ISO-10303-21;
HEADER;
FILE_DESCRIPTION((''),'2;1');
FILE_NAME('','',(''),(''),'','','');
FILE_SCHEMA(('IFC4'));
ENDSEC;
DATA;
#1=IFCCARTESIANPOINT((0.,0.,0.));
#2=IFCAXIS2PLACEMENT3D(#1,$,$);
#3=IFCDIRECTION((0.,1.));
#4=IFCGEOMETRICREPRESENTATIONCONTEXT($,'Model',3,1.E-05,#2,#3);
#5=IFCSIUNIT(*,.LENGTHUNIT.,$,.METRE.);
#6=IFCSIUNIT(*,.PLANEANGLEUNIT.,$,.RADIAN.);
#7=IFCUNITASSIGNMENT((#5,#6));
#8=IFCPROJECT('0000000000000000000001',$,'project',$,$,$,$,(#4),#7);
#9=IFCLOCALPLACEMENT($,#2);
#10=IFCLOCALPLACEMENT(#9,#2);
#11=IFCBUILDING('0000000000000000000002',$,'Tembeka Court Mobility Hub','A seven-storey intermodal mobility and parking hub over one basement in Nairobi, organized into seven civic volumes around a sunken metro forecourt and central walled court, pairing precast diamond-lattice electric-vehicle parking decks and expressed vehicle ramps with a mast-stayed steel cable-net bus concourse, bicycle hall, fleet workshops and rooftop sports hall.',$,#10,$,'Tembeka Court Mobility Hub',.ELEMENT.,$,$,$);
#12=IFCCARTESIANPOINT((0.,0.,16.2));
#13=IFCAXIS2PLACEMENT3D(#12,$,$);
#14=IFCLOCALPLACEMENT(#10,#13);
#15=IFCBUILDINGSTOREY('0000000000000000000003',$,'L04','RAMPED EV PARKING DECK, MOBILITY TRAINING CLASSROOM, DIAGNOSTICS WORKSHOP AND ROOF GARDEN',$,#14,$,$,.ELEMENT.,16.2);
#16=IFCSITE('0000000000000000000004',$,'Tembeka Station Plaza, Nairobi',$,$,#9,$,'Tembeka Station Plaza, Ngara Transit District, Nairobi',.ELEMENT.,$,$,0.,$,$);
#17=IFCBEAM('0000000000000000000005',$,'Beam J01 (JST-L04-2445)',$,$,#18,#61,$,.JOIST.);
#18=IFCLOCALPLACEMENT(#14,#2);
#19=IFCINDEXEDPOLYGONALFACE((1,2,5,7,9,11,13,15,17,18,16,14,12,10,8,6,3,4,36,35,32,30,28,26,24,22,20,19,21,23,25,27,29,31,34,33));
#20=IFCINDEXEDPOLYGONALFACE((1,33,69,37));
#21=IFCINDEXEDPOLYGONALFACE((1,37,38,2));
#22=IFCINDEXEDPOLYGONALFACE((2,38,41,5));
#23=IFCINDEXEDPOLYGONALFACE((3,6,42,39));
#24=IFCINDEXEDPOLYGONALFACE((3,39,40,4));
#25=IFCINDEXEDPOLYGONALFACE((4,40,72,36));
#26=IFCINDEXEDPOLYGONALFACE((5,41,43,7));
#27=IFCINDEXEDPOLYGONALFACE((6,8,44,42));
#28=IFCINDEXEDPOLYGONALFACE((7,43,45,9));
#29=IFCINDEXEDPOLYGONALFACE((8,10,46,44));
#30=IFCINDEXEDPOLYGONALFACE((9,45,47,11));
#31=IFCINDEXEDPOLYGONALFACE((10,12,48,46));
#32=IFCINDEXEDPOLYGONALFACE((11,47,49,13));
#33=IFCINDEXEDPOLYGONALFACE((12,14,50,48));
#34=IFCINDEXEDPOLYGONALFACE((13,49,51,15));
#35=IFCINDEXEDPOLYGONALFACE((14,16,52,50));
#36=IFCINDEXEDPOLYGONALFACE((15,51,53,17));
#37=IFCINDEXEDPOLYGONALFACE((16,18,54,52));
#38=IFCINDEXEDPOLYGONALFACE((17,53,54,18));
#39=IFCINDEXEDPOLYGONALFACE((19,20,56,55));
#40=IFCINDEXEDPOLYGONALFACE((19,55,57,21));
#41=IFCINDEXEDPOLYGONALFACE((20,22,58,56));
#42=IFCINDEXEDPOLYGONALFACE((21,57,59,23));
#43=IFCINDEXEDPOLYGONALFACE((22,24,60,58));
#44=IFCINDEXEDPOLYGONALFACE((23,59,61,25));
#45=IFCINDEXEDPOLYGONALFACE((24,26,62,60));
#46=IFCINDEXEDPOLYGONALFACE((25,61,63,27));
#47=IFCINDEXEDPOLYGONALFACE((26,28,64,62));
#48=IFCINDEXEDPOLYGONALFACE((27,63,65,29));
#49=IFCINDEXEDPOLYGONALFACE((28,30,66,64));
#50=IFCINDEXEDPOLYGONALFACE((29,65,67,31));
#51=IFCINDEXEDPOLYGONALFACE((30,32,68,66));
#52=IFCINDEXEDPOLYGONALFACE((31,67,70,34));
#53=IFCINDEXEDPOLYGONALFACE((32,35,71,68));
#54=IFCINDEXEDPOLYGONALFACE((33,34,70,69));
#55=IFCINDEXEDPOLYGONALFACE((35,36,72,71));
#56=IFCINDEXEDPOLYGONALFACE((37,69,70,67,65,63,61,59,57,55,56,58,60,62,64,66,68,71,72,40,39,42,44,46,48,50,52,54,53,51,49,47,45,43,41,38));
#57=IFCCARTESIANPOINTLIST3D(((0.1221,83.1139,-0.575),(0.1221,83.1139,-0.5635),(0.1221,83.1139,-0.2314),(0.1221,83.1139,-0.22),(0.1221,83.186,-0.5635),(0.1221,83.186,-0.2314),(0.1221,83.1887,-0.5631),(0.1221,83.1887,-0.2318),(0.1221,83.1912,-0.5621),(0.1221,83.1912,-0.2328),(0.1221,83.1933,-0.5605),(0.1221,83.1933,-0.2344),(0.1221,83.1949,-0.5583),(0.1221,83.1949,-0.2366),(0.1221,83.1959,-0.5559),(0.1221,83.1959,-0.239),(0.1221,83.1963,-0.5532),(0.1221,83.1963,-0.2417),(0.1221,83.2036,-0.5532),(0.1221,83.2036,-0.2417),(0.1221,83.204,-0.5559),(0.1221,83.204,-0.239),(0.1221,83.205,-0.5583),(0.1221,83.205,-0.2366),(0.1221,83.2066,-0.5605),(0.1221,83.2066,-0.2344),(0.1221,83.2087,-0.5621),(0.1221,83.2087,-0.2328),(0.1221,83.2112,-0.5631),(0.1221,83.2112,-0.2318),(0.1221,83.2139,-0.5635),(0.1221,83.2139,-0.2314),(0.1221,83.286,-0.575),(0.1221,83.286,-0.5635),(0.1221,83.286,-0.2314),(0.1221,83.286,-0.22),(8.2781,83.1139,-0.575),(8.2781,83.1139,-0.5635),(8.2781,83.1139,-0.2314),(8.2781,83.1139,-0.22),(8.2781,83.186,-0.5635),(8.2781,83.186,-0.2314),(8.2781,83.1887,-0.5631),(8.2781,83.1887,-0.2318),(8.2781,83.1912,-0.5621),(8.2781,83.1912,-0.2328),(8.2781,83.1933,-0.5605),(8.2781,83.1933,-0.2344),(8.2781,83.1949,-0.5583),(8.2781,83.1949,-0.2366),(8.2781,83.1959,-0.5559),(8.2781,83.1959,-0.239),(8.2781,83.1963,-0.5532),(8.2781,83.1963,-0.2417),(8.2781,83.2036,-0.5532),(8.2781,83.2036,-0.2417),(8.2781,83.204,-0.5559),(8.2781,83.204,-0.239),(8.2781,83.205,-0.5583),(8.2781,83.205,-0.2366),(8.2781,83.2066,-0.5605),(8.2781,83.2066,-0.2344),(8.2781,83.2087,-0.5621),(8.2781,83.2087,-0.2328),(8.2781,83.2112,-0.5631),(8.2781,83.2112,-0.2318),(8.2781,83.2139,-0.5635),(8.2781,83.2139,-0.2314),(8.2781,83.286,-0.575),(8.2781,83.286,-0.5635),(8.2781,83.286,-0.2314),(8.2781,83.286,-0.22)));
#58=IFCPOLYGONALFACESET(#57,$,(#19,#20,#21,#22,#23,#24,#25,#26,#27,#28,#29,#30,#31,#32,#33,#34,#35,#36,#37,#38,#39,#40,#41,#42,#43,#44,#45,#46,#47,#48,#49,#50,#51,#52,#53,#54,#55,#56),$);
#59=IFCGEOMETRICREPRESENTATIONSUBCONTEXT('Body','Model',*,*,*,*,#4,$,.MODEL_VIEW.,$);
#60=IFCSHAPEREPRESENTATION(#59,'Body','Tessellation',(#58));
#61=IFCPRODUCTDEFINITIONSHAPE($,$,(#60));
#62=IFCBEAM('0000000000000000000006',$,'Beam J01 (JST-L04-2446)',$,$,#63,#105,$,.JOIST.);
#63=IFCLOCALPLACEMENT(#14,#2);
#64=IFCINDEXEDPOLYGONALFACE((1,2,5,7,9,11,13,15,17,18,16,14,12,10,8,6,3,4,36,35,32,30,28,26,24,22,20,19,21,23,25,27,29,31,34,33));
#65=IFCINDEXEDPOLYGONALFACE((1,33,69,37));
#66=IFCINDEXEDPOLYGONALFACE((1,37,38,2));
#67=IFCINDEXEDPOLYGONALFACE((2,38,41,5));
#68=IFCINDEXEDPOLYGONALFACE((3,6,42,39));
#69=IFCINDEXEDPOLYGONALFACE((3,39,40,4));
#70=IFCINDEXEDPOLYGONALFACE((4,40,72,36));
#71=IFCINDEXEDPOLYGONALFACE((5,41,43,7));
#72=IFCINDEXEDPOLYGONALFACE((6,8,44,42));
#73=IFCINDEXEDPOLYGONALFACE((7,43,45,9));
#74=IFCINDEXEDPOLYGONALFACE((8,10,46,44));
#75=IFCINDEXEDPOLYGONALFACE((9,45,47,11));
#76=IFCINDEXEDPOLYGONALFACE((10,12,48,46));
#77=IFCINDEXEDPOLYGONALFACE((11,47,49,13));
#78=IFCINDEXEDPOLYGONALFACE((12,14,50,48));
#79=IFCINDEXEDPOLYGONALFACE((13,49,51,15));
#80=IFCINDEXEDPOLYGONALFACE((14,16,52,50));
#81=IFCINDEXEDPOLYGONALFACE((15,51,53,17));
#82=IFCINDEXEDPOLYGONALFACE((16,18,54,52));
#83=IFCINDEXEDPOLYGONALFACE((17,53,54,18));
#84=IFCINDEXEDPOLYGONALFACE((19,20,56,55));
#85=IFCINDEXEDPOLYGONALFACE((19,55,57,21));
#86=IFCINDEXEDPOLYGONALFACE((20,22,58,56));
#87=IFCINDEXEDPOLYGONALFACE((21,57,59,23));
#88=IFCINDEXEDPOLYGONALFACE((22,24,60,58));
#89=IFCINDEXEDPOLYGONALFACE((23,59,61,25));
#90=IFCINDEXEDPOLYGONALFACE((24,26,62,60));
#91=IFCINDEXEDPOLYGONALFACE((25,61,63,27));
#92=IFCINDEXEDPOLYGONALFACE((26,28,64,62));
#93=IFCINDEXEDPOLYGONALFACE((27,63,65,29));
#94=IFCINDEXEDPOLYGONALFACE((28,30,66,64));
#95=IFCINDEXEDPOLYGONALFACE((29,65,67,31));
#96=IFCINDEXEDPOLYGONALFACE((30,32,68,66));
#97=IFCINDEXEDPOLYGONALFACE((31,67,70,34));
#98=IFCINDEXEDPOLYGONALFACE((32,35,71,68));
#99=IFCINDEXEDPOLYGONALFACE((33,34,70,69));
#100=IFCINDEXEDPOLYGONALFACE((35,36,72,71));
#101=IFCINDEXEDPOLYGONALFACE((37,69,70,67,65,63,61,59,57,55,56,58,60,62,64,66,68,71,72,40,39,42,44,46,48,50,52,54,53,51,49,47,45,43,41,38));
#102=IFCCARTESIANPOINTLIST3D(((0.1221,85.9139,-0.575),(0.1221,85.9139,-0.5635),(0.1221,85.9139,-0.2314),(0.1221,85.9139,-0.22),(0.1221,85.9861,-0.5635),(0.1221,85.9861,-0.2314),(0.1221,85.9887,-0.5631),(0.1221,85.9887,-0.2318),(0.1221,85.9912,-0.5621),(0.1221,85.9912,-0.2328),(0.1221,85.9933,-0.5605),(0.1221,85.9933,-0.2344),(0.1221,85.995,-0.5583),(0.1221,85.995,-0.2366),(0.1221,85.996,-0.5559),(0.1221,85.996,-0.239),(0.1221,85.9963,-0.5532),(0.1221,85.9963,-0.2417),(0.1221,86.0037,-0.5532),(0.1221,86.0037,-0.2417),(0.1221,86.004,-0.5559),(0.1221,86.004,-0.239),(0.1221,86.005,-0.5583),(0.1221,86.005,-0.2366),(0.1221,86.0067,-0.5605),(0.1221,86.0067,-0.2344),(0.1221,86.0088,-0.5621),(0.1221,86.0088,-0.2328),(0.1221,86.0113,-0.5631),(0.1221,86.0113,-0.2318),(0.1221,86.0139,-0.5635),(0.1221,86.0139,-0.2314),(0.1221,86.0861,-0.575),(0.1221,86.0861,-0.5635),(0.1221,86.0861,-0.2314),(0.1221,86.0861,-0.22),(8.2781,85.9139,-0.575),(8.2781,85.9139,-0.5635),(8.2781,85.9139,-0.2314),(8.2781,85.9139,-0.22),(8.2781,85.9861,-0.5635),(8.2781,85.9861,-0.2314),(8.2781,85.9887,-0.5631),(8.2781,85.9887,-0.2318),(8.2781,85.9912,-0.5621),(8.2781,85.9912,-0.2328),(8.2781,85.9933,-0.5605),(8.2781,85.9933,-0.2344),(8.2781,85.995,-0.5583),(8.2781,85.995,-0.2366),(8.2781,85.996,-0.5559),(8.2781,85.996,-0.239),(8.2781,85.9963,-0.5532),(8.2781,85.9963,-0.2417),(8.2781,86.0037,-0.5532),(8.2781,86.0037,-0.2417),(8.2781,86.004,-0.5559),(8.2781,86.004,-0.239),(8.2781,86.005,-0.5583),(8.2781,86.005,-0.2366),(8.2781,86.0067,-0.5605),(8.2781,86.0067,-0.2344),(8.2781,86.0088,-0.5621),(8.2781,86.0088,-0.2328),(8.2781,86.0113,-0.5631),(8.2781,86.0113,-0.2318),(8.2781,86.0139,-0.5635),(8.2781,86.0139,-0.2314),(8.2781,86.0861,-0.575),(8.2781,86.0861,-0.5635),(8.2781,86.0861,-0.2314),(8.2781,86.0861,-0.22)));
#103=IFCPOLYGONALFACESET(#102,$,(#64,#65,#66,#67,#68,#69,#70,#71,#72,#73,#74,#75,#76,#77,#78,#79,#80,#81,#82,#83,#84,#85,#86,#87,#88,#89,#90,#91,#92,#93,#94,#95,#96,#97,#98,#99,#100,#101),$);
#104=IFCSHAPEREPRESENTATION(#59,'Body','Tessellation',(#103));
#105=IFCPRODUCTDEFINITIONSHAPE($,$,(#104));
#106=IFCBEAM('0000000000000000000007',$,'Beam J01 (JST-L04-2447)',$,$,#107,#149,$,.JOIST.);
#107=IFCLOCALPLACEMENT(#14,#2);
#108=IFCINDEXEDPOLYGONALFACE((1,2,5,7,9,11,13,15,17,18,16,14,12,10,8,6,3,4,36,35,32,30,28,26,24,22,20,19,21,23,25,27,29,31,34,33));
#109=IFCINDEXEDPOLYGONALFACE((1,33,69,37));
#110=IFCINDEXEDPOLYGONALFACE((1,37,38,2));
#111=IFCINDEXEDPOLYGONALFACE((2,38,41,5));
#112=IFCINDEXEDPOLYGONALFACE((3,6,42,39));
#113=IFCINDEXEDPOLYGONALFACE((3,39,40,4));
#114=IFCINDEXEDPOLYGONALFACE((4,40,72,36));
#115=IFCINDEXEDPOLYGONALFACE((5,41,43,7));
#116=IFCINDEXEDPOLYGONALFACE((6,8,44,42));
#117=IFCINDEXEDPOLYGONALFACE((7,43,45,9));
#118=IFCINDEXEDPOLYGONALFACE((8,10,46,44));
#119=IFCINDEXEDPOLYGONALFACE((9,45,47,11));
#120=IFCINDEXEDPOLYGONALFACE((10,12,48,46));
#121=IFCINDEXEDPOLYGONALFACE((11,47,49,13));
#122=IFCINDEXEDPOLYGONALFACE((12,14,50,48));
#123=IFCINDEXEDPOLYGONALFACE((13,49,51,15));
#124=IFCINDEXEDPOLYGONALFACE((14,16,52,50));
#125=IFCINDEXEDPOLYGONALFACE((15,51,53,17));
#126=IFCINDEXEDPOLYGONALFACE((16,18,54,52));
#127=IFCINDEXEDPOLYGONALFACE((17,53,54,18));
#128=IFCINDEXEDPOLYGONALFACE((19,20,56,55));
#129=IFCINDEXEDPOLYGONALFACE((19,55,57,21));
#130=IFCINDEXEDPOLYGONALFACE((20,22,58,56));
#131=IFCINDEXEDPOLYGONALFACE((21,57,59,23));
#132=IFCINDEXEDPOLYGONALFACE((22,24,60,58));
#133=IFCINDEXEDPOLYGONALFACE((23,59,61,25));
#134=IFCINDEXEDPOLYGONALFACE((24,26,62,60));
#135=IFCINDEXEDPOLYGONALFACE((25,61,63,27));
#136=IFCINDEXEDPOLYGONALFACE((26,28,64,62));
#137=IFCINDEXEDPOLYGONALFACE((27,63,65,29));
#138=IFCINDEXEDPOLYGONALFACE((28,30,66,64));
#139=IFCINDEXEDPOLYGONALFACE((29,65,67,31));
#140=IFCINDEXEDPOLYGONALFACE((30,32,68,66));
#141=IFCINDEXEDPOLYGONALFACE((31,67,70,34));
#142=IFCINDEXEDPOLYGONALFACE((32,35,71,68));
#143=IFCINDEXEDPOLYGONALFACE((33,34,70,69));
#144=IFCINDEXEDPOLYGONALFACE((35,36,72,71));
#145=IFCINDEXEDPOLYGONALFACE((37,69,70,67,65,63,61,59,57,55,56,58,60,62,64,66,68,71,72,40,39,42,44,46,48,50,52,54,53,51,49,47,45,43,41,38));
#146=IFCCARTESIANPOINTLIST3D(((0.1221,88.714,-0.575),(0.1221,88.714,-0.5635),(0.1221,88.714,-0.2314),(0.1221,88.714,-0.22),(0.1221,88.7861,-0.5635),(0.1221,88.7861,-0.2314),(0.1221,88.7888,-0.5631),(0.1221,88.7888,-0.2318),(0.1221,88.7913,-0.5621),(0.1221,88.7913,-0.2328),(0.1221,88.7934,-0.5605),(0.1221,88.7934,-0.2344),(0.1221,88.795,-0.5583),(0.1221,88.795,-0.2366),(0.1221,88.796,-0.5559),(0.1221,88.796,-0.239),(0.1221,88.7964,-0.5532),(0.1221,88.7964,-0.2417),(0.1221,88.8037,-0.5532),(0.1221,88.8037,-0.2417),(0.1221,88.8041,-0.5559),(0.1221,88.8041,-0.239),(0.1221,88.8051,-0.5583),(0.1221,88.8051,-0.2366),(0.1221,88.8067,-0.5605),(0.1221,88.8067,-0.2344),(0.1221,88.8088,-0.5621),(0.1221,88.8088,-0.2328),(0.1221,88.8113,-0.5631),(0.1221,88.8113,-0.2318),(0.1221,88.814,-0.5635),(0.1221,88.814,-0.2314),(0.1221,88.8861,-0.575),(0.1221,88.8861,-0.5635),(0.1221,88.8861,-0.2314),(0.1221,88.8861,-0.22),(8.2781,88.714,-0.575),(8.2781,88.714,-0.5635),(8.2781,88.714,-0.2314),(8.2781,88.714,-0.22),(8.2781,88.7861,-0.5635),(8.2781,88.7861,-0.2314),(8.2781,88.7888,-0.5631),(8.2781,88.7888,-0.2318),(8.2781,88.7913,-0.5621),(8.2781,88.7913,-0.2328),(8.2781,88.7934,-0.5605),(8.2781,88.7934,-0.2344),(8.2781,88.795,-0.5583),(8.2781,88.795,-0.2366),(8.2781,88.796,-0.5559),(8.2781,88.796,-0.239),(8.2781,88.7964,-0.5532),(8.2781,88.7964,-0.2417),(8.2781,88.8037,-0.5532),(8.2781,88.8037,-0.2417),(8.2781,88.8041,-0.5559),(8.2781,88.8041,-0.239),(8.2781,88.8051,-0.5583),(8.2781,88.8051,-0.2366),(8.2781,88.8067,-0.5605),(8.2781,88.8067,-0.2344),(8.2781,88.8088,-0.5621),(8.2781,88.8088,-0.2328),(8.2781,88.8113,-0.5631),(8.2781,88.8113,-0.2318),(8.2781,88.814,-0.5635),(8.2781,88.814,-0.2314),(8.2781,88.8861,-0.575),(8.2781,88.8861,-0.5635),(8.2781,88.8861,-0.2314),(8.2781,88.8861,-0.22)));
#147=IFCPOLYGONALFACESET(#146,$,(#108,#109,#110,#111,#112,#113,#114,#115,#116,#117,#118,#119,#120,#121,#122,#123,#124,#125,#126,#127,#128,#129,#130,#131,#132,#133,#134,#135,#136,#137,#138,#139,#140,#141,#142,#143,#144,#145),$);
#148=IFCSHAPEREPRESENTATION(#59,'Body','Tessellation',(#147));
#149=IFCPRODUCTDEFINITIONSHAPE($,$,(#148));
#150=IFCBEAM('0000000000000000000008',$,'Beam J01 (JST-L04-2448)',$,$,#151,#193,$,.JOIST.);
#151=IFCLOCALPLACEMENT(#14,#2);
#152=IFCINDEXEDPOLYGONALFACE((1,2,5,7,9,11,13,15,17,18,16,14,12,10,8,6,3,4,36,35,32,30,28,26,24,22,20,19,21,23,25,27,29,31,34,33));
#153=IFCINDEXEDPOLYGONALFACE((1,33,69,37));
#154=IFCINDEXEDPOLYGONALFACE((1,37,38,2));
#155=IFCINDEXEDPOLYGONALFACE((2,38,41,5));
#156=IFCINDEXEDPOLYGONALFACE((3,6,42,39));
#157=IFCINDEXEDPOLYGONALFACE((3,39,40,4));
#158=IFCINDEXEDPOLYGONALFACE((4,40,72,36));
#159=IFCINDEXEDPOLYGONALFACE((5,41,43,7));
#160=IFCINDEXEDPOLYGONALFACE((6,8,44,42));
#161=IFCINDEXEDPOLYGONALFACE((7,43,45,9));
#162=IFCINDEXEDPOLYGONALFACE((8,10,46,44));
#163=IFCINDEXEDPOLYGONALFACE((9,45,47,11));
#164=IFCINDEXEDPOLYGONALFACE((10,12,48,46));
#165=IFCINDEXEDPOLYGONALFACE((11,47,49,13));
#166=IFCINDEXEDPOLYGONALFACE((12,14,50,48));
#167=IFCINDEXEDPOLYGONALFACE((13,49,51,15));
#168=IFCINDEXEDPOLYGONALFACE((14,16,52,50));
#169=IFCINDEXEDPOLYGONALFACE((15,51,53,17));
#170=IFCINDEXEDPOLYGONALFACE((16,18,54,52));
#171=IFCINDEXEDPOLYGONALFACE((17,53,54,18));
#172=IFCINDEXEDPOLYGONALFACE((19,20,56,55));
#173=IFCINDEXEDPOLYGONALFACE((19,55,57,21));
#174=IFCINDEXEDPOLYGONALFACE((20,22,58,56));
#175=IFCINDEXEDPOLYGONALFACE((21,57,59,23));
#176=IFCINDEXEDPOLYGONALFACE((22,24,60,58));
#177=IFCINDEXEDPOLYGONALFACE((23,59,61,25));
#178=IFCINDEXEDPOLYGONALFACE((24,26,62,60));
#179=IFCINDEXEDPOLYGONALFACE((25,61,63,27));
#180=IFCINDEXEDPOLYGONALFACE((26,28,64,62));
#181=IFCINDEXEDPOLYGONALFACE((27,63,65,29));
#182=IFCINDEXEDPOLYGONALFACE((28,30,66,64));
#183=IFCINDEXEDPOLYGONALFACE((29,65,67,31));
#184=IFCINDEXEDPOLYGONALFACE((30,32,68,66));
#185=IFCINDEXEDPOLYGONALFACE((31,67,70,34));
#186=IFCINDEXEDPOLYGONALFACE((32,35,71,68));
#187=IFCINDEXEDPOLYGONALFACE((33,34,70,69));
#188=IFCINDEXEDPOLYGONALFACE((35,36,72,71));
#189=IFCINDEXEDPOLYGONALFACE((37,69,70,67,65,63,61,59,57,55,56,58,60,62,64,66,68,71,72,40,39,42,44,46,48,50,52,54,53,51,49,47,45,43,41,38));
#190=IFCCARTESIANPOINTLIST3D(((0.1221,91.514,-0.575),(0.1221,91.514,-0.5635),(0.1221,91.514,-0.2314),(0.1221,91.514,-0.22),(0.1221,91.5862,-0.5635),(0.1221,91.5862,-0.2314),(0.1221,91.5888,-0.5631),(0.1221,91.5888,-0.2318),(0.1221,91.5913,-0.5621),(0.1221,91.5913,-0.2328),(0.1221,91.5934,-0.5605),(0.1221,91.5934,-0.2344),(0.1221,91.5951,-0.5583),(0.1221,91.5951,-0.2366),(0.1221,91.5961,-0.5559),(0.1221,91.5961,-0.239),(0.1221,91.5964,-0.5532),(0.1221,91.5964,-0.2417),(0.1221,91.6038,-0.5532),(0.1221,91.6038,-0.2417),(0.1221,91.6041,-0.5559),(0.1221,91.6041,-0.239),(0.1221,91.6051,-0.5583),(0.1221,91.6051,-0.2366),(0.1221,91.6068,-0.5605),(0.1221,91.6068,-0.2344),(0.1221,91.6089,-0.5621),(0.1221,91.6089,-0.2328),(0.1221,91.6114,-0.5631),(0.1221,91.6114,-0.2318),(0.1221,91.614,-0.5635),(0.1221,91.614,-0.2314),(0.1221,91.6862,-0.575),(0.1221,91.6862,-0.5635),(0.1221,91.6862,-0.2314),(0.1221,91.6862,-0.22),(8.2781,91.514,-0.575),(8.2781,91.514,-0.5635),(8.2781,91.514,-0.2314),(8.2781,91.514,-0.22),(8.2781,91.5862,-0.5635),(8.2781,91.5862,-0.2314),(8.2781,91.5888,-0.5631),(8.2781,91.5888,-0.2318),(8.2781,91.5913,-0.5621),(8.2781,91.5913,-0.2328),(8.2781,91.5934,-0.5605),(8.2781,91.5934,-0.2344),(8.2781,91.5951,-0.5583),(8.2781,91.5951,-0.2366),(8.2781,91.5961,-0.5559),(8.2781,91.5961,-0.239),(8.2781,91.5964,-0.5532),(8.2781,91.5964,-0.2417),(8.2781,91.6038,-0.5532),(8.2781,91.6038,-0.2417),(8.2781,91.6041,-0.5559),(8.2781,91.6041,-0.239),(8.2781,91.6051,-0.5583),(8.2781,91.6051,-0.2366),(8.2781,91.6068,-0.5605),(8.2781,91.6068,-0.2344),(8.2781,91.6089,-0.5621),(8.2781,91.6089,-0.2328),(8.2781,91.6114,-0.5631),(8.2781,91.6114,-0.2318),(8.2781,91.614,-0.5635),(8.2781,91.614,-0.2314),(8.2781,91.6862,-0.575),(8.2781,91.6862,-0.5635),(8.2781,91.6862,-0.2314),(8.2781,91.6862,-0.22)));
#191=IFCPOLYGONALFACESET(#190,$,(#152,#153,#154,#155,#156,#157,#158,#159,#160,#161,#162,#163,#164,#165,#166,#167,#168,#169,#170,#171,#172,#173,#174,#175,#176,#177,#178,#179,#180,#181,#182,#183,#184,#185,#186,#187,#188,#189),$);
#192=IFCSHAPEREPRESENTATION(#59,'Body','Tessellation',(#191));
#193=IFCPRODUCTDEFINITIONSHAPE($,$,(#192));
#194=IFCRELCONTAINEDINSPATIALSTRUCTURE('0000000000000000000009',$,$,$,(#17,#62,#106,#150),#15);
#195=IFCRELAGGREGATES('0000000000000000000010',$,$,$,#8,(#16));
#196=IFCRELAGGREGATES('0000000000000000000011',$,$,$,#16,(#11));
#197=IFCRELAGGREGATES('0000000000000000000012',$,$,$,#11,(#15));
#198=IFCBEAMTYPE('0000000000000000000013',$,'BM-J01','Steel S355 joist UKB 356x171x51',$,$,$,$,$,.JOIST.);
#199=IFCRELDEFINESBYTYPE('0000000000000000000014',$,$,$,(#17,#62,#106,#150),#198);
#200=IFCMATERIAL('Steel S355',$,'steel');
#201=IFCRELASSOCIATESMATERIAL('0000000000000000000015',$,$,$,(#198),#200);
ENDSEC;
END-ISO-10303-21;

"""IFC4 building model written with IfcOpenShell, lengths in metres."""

from ifc_helpers import new_model, si_unit, direction, frame, origin, origin_2d, place, context, subcontext, project, spatial, i_section, extrude, material, material_profile, profile_set, type_object, element, save


model = new_model("IFC4")

# Units and contexts
model_context = context("Model", 3, precision=1e-05, world=origin(), true_north=direction((0.0, 1.0)))
body_context = subcontext(model_context, "Body", "Model", "MODEL_VIEW")
ifc_project = project(units=[si_unit("LENGTHUNIT", "METRE"), si_unit("PLANEANGLEUNIT", "RADIAN")], contexts=[model_context])

# Site, building, storey
site_placement = place(None, origin())
site = spatial("IfcSite", under=ifc_project, at=site_placement, Name="Tembeka Station Plaza, Nairobi", LongName="Tembeka Station Plaza, Ngara Transit District, Nairobi", CompositionType="ELEMENT", RefElevation=0.0)
building_placement = place(site_placement, origin())
building = spatial("IfcBuilding", under=site, at=building_placement, Name="Tembeka Court Mobility Hub", Description="A seven-storey intermodal mobility and parking hub over one basement in Nairobi, organized into seven civic volumes around a sunken metro forecourt and central walled court, pairing precast diamond-lattice electric-vehicle parking decks and expressed vehicle ramps with a mast-stayed steel cable-net bus concourse, bicycle hall, fleet workshops and rooftop sports hall.", LongName="Tembeka Court Mobility Hub", CompositionType="ELEMENT")
storey_placement = place(building_placement, frame((0.0, 0.0, 16.2)))
storey = spatial("IfcBuildingStorey", under=building, at=storey_placement, Name="L04", Description="RAMPED EV PARKING DECK, MOBILITY TRAINING CLASSROOM, DIAGNOSTICS WORKSHOP AND ROOF GARDEN", CompositionType="ELEMENT", Elevation=16.2)

# Beams
ifc_material_1 = material(Name="Steel S355", Category="steel")
ifc_material_profile_1 = material_profile(ifc_material_1, i_section(OverallWidth=0.1721, OverallDepth=0.355, WebThickness=0.0073, FlangeThickness=0.0115, FilletRadius=0.0103, at=origin_2d()), Name="UKB 356x171x51")
ifc_profile_set_1 = profile_set([ifc_material_profile_1], Name="Steel S355")
beam_type = type_object("IfcBeamType", Name="BM-J01", Description="Steel S355 joist UKB 356x171x51", PredefinedType="JOIST", material=ifc_profile_set_1)
for number, where, z_axis, x_axis, name in (
    (1, (0.1221, 83.2, -0.3975), (1.0, 0.0, 0.0), (0.0, 1.0, 0.0), "Beam J01 (JST-L04-2445)"),
    (2, (0.1221, 86.0, -0.3975), (1.0, 0.0, 0.0), (0.0, 1.0, 0.0), "Beam J01 (JST-L04-2446)"),
    (3, (0.1221, 88.8, -0.3975), (1.0, 0.0, 0.0), (0.0, 1.0, 0.0), "Beam J01 (JST-L04-2447)"),
    (4, (0.1221, 91.6001, -0.3975), (1.0, 0.0, 0.0), (0.0, 1.0, 0.0), "Beam J01 (JST-L04-2448)"),
):
    element("IfcBeam", number, at=place(storey_placement, frame(where, z_axis=z_axis, x_axis=x_axis)), inside=storey, type_object=beam_type, Name=name, PredefinedType="JOIST", context=body_context, shape_type="SweptSolid", body=[
        extrude(i_section(OverallWidth=0.1721, OverallDepth=0.355, WebThickness=0.0073, FlangeThickness=0.0115, FilletRadius=0.0103, at=origin_2d()), origin(), (0.0, 0.0, 1.0), 8.156),
    ])

save(model, "model.ifc")
